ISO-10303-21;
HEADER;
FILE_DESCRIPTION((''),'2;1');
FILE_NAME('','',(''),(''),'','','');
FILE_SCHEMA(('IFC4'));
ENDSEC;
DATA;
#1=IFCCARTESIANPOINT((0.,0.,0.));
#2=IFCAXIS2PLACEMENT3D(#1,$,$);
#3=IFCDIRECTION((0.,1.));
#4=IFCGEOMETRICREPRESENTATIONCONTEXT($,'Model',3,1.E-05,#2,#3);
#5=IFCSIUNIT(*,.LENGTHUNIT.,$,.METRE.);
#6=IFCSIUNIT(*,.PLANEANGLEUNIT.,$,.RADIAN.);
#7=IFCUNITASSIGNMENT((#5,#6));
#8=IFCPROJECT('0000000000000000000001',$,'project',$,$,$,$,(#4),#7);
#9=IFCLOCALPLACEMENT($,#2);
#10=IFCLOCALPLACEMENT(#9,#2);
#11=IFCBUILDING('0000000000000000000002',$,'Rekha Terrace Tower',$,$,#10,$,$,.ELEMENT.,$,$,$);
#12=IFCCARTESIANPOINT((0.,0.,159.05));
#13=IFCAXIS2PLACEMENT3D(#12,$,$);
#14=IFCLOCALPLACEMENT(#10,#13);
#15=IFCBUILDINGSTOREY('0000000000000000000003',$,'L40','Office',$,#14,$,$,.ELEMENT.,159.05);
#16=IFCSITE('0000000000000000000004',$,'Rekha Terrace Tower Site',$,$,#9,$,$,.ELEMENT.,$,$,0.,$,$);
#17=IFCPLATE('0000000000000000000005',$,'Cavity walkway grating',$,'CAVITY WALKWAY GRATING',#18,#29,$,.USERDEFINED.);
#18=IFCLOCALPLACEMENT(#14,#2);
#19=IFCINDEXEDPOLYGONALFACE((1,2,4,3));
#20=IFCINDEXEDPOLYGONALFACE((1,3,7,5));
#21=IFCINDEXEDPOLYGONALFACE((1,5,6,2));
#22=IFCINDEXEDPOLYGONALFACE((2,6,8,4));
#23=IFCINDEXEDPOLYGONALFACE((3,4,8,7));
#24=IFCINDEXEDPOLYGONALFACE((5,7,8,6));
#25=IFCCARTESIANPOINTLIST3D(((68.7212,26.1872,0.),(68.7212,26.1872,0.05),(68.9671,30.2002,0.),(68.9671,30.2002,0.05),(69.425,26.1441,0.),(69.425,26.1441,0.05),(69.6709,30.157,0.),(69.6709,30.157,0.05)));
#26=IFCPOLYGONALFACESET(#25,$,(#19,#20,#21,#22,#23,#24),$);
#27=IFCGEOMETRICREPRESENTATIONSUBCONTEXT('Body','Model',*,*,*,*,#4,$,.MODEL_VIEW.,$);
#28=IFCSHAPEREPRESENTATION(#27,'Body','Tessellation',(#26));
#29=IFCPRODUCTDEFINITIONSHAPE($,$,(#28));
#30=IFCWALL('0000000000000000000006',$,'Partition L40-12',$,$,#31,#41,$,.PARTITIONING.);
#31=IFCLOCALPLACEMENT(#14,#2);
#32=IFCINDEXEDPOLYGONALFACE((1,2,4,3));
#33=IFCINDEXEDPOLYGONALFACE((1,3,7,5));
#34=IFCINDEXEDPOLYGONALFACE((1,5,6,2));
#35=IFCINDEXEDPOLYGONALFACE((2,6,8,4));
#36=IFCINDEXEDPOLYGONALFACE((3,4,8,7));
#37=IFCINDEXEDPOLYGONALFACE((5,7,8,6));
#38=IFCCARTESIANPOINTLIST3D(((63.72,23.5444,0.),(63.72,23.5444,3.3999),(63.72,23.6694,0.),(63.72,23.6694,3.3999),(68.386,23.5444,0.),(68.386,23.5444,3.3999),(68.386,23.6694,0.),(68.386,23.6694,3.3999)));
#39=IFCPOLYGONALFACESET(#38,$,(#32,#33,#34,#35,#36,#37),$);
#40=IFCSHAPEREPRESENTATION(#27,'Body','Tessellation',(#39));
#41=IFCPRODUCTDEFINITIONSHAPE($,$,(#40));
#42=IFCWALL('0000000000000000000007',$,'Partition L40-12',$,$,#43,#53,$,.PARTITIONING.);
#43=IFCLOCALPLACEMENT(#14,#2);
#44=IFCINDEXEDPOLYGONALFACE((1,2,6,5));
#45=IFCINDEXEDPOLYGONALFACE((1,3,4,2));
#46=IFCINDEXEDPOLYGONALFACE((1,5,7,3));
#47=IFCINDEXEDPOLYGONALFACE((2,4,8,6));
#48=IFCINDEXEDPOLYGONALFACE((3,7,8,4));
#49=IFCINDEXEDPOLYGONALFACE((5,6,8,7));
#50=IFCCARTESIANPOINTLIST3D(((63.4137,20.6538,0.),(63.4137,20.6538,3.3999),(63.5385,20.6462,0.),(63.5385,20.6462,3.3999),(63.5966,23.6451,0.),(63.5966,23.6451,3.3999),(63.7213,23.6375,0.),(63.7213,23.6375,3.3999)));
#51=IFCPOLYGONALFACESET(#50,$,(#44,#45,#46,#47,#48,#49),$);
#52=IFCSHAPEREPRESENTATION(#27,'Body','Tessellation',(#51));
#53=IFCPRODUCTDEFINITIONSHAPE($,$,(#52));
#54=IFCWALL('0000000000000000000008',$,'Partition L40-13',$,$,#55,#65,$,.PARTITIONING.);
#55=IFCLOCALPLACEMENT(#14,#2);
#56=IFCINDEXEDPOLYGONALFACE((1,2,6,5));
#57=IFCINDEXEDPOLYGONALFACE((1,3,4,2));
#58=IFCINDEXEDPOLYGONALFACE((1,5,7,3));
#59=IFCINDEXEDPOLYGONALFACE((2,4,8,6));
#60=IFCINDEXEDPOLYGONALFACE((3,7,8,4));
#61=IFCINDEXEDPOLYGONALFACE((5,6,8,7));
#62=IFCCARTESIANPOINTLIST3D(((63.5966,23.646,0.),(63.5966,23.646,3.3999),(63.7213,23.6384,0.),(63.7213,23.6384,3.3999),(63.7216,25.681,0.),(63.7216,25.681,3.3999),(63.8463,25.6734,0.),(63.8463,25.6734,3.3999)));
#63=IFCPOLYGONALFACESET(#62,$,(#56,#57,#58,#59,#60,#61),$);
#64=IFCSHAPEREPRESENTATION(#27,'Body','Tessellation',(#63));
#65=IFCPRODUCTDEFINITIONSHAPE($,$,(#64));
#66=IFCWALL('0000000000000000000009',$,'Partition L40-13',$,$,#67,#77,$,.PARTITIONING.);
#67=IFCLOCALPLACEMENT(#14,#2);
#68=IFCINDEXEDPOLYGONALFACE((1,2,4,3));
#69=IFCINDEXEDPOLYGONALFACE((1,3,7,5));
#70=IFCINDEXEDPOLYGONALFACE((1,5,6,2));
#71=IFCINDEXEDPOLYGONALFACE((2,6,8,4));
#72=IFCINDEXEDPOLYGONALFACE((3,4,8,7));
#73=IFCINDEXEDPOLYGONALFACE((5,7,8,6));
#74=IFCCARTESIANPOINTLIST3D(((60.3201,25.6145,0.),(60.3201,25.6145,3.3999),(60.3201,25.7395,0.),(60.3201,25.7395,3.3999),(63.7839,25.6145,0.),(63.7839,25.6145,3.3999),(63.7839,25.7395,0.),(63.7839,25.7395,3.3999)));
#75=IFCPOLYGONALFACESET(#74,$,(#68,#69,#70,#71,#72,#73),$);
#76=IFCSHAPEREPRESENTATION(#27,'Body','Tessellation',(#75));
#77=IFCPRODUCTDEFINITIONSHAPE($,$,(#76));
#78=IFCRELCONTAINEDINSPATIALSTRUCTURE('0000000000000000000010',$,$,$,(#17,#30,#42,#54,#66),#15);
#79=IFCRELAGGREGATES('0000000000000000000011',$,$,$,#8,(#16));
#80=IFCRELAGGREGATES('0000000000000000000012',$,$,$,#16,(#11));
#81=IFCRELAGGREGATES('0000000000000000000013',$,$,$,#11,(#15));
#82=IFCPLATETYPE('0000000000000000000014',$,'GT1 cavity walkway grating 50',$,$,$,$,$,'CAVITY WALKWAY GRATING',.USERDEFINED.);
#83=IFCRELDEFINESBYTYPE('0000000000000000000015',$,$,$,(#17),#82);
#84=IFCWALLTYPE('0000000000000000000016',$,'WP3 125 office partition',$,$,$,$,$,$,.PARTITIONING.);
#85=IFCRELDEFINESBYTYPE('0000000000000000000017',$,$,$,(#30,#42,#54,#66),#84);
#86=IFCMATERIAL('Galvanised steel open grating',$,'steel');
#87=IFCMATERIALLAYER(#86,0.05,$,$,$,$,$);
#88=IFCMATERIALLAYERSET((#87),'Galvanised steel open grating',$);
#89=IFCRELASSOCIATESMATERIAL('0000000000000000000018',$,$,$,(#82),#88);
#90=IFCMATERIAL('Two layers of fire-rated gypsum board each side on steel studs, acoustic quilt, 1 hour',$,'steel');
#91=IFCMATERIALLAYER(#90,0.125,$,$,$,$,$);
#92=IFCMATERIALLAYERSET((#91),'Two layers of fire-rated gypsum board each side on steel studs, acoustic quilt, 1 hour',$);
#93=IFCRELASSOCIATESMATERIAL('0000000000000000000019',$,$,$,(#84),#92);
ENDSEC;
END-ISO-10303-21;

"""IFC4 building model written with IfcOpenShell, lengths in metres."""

from ifc_helpers import new_model, si_unit, direction, frame, frame_2d, origin, origin_2d, place, context, subcontext, project, spatial, rectangle, extrude, material, layer, layer_set, type_object, element, save


model = new_model("IFC4")

# Units and contexts
model_context = context("Model", 3, precision=1e-05, world=origin(), true_north=direction((0.0, 1.0)))
body_context = subcontext(model_context, "Body", "Model", "MODEL_VIEW")
ifc_project = project(units=[si_unit("LENGTHUNIT", "METRE"), si_unit("PLANEANGLEUNIT", "RADIAN")], contexts=[model_context])

# Site, building, storey
site_placement = place(None, origin())
site = spatial("IfcSite", under=ifc_project, at=site_placement, Name="Rekha Terrace Tower Site", CompositionType="ELEMENT", RefElevation=0.0)
building_placement = place(site_placement, origin())
building = spatial("IfcBuilding", under=site, at=building_placement, Name="Rekha Terrace Tower", CompositionType="ELEMENT")
storey_placement = place(building_placement, frame((0.0, 0.0, 159.05)))
storey = spatial("IfcBuildingStorey", under=building, at=storey_placement, Name="L40", Description="Office", CompositionType="ELEMENT", Elevation=159.05)

# Plate
ifc_material_1 = material(Name="Galvanised steel open grating", Category="steel")
ifc_layer_1 = layer(ifc_material_1, 0.05)
ifc_layer_set_1 = layer_set([ifc_layer_1], Name="Galvanised steel open grating")
plate_type_1 = type_object("IfcPlateType", Name="GT1 cavity walkway grating 50", ElementType="CAVITY WALKWAY GRATING", PredefinedType="USERDEFINED", material=ifc_layer_set_1)
plate_1_placement = place(storey_placement, frame((69.196, 28.1721, 0.0), z_axis=(0.0, 0.0, 1.0), x_axis=(0.06116, 0.998128, 0.0)))
element("IfcPlate", 1, at=plate_1_placement, inside=storey, type_object=plate_type_1, Name="Cavity walkway grating", ObjectType="CAVITY WALKWAY GRATING", PredefinedType="USERDEFINED", context=body_context, shape_type="SweptSolid", body=[
    extrude(rectangle(XDim=4.0205, YDim=0.7051, at=origin_2d()), origin(), (0.0, 0.0, 1.0), 0.05),
])

# Walls
ifc_material_2 = material(Name="Two layers of fire-rated gypsum board each side on steel studs, acoustic quilt, 1 hour", Category="steel")
ifc_layer_2 = layer(ifc_material_2, 0.125)
ifc_layer_set_2 = layer_set([ifc_layer_2], Name="Two layers of fire-rated gypsum board each side on steel studs, acoustic quilt, 1 hour")
wall_type = type_object("IfcWallType", Name="WP3 125 office partition", PredefinedType="PARTITIONING", material=ifc_layer_set_2)
wall_1_placement = place(storey_placement, frame((63.72, 23.6069, 0.0), z_axis=(0.0, 0.0, 1.0), x_axis=(1.0, 0.0, 0.0)))
element("IfcWall", 2, at=wall_1_placement, inside=storey, type_object=wall_type, Name="Partition L40-12", PredefinedType="PARTITIONING", context=body_context, shape_type="SweptSolid", body=[
    extrude(rectangle(XDim=4.666, YDim=0.125, at=frame_2d((2.333, 0.0))), origin(), (0.0, 0.0, 1.0), 3.3999),
])
wall_2_placement = place(storey_placement, frame((63.4761, 20.6499, 0.0), z_axis=(0.0, 0.0, 1.0), x_axis=(0.061019, 0.998137, 0.0)))
element("IfcWall", 3, at=wall_2_placement, inside=storey, type_object=wall_type, Name="Partition L40-12", PredefinedType="PARTITIONING", context=body_context, shape_type="SweptSolid", body=[
    extrude(rectangle(XDim=2.9968, YDim=0.125, at=frame_2d((1.4985, 0.0))), origin(), (0.0, 0.0, 1.0), 3.3999),
])
wall_3_placement = place(storey_placement, frame((63.6589, 23.6421, 0.0), z_axis=(0.0, 0.0, 1.0), x_axis=(0.061312, 0.998119, 0.0)))
element("IfcWall", 4, at=wall_3_placement, inside=storey, type_object=wall_type, Name="Partition L40-13", PredefinedType="PARTITIONING", context=body_context, shape_type="SweptSolid", body=[
    extrude(rectangle(XDim=2.0388, YDim=0.125, at=frame_2d((1.0195, 0.0))), origin(), (0.0, 0.0, 1.0), 3.3999),
])
wall_4_placement = place(storey_placement, frame((63.7839, 25.677, 0.0), z_axis=(0.0, 0.0, 1.0), x_axis=(-1.0, 0.0, 0.0)))
element("IfcWall", 5, at=wall_4_placement, inside=storey, type_object=wall_type, Name="Partition L40-13", PredefinedType="PARTITIONING", context=body_context, shape_type="SweptSolid", body=[
    extrude(rectangle(XDim=3.4639, YDim=0.125, at=frame_2d((1.7319, 0.0))), origin(), (0.0, 0.0, 1.0), 3.3999),
])

save(model, "model.ifc")
